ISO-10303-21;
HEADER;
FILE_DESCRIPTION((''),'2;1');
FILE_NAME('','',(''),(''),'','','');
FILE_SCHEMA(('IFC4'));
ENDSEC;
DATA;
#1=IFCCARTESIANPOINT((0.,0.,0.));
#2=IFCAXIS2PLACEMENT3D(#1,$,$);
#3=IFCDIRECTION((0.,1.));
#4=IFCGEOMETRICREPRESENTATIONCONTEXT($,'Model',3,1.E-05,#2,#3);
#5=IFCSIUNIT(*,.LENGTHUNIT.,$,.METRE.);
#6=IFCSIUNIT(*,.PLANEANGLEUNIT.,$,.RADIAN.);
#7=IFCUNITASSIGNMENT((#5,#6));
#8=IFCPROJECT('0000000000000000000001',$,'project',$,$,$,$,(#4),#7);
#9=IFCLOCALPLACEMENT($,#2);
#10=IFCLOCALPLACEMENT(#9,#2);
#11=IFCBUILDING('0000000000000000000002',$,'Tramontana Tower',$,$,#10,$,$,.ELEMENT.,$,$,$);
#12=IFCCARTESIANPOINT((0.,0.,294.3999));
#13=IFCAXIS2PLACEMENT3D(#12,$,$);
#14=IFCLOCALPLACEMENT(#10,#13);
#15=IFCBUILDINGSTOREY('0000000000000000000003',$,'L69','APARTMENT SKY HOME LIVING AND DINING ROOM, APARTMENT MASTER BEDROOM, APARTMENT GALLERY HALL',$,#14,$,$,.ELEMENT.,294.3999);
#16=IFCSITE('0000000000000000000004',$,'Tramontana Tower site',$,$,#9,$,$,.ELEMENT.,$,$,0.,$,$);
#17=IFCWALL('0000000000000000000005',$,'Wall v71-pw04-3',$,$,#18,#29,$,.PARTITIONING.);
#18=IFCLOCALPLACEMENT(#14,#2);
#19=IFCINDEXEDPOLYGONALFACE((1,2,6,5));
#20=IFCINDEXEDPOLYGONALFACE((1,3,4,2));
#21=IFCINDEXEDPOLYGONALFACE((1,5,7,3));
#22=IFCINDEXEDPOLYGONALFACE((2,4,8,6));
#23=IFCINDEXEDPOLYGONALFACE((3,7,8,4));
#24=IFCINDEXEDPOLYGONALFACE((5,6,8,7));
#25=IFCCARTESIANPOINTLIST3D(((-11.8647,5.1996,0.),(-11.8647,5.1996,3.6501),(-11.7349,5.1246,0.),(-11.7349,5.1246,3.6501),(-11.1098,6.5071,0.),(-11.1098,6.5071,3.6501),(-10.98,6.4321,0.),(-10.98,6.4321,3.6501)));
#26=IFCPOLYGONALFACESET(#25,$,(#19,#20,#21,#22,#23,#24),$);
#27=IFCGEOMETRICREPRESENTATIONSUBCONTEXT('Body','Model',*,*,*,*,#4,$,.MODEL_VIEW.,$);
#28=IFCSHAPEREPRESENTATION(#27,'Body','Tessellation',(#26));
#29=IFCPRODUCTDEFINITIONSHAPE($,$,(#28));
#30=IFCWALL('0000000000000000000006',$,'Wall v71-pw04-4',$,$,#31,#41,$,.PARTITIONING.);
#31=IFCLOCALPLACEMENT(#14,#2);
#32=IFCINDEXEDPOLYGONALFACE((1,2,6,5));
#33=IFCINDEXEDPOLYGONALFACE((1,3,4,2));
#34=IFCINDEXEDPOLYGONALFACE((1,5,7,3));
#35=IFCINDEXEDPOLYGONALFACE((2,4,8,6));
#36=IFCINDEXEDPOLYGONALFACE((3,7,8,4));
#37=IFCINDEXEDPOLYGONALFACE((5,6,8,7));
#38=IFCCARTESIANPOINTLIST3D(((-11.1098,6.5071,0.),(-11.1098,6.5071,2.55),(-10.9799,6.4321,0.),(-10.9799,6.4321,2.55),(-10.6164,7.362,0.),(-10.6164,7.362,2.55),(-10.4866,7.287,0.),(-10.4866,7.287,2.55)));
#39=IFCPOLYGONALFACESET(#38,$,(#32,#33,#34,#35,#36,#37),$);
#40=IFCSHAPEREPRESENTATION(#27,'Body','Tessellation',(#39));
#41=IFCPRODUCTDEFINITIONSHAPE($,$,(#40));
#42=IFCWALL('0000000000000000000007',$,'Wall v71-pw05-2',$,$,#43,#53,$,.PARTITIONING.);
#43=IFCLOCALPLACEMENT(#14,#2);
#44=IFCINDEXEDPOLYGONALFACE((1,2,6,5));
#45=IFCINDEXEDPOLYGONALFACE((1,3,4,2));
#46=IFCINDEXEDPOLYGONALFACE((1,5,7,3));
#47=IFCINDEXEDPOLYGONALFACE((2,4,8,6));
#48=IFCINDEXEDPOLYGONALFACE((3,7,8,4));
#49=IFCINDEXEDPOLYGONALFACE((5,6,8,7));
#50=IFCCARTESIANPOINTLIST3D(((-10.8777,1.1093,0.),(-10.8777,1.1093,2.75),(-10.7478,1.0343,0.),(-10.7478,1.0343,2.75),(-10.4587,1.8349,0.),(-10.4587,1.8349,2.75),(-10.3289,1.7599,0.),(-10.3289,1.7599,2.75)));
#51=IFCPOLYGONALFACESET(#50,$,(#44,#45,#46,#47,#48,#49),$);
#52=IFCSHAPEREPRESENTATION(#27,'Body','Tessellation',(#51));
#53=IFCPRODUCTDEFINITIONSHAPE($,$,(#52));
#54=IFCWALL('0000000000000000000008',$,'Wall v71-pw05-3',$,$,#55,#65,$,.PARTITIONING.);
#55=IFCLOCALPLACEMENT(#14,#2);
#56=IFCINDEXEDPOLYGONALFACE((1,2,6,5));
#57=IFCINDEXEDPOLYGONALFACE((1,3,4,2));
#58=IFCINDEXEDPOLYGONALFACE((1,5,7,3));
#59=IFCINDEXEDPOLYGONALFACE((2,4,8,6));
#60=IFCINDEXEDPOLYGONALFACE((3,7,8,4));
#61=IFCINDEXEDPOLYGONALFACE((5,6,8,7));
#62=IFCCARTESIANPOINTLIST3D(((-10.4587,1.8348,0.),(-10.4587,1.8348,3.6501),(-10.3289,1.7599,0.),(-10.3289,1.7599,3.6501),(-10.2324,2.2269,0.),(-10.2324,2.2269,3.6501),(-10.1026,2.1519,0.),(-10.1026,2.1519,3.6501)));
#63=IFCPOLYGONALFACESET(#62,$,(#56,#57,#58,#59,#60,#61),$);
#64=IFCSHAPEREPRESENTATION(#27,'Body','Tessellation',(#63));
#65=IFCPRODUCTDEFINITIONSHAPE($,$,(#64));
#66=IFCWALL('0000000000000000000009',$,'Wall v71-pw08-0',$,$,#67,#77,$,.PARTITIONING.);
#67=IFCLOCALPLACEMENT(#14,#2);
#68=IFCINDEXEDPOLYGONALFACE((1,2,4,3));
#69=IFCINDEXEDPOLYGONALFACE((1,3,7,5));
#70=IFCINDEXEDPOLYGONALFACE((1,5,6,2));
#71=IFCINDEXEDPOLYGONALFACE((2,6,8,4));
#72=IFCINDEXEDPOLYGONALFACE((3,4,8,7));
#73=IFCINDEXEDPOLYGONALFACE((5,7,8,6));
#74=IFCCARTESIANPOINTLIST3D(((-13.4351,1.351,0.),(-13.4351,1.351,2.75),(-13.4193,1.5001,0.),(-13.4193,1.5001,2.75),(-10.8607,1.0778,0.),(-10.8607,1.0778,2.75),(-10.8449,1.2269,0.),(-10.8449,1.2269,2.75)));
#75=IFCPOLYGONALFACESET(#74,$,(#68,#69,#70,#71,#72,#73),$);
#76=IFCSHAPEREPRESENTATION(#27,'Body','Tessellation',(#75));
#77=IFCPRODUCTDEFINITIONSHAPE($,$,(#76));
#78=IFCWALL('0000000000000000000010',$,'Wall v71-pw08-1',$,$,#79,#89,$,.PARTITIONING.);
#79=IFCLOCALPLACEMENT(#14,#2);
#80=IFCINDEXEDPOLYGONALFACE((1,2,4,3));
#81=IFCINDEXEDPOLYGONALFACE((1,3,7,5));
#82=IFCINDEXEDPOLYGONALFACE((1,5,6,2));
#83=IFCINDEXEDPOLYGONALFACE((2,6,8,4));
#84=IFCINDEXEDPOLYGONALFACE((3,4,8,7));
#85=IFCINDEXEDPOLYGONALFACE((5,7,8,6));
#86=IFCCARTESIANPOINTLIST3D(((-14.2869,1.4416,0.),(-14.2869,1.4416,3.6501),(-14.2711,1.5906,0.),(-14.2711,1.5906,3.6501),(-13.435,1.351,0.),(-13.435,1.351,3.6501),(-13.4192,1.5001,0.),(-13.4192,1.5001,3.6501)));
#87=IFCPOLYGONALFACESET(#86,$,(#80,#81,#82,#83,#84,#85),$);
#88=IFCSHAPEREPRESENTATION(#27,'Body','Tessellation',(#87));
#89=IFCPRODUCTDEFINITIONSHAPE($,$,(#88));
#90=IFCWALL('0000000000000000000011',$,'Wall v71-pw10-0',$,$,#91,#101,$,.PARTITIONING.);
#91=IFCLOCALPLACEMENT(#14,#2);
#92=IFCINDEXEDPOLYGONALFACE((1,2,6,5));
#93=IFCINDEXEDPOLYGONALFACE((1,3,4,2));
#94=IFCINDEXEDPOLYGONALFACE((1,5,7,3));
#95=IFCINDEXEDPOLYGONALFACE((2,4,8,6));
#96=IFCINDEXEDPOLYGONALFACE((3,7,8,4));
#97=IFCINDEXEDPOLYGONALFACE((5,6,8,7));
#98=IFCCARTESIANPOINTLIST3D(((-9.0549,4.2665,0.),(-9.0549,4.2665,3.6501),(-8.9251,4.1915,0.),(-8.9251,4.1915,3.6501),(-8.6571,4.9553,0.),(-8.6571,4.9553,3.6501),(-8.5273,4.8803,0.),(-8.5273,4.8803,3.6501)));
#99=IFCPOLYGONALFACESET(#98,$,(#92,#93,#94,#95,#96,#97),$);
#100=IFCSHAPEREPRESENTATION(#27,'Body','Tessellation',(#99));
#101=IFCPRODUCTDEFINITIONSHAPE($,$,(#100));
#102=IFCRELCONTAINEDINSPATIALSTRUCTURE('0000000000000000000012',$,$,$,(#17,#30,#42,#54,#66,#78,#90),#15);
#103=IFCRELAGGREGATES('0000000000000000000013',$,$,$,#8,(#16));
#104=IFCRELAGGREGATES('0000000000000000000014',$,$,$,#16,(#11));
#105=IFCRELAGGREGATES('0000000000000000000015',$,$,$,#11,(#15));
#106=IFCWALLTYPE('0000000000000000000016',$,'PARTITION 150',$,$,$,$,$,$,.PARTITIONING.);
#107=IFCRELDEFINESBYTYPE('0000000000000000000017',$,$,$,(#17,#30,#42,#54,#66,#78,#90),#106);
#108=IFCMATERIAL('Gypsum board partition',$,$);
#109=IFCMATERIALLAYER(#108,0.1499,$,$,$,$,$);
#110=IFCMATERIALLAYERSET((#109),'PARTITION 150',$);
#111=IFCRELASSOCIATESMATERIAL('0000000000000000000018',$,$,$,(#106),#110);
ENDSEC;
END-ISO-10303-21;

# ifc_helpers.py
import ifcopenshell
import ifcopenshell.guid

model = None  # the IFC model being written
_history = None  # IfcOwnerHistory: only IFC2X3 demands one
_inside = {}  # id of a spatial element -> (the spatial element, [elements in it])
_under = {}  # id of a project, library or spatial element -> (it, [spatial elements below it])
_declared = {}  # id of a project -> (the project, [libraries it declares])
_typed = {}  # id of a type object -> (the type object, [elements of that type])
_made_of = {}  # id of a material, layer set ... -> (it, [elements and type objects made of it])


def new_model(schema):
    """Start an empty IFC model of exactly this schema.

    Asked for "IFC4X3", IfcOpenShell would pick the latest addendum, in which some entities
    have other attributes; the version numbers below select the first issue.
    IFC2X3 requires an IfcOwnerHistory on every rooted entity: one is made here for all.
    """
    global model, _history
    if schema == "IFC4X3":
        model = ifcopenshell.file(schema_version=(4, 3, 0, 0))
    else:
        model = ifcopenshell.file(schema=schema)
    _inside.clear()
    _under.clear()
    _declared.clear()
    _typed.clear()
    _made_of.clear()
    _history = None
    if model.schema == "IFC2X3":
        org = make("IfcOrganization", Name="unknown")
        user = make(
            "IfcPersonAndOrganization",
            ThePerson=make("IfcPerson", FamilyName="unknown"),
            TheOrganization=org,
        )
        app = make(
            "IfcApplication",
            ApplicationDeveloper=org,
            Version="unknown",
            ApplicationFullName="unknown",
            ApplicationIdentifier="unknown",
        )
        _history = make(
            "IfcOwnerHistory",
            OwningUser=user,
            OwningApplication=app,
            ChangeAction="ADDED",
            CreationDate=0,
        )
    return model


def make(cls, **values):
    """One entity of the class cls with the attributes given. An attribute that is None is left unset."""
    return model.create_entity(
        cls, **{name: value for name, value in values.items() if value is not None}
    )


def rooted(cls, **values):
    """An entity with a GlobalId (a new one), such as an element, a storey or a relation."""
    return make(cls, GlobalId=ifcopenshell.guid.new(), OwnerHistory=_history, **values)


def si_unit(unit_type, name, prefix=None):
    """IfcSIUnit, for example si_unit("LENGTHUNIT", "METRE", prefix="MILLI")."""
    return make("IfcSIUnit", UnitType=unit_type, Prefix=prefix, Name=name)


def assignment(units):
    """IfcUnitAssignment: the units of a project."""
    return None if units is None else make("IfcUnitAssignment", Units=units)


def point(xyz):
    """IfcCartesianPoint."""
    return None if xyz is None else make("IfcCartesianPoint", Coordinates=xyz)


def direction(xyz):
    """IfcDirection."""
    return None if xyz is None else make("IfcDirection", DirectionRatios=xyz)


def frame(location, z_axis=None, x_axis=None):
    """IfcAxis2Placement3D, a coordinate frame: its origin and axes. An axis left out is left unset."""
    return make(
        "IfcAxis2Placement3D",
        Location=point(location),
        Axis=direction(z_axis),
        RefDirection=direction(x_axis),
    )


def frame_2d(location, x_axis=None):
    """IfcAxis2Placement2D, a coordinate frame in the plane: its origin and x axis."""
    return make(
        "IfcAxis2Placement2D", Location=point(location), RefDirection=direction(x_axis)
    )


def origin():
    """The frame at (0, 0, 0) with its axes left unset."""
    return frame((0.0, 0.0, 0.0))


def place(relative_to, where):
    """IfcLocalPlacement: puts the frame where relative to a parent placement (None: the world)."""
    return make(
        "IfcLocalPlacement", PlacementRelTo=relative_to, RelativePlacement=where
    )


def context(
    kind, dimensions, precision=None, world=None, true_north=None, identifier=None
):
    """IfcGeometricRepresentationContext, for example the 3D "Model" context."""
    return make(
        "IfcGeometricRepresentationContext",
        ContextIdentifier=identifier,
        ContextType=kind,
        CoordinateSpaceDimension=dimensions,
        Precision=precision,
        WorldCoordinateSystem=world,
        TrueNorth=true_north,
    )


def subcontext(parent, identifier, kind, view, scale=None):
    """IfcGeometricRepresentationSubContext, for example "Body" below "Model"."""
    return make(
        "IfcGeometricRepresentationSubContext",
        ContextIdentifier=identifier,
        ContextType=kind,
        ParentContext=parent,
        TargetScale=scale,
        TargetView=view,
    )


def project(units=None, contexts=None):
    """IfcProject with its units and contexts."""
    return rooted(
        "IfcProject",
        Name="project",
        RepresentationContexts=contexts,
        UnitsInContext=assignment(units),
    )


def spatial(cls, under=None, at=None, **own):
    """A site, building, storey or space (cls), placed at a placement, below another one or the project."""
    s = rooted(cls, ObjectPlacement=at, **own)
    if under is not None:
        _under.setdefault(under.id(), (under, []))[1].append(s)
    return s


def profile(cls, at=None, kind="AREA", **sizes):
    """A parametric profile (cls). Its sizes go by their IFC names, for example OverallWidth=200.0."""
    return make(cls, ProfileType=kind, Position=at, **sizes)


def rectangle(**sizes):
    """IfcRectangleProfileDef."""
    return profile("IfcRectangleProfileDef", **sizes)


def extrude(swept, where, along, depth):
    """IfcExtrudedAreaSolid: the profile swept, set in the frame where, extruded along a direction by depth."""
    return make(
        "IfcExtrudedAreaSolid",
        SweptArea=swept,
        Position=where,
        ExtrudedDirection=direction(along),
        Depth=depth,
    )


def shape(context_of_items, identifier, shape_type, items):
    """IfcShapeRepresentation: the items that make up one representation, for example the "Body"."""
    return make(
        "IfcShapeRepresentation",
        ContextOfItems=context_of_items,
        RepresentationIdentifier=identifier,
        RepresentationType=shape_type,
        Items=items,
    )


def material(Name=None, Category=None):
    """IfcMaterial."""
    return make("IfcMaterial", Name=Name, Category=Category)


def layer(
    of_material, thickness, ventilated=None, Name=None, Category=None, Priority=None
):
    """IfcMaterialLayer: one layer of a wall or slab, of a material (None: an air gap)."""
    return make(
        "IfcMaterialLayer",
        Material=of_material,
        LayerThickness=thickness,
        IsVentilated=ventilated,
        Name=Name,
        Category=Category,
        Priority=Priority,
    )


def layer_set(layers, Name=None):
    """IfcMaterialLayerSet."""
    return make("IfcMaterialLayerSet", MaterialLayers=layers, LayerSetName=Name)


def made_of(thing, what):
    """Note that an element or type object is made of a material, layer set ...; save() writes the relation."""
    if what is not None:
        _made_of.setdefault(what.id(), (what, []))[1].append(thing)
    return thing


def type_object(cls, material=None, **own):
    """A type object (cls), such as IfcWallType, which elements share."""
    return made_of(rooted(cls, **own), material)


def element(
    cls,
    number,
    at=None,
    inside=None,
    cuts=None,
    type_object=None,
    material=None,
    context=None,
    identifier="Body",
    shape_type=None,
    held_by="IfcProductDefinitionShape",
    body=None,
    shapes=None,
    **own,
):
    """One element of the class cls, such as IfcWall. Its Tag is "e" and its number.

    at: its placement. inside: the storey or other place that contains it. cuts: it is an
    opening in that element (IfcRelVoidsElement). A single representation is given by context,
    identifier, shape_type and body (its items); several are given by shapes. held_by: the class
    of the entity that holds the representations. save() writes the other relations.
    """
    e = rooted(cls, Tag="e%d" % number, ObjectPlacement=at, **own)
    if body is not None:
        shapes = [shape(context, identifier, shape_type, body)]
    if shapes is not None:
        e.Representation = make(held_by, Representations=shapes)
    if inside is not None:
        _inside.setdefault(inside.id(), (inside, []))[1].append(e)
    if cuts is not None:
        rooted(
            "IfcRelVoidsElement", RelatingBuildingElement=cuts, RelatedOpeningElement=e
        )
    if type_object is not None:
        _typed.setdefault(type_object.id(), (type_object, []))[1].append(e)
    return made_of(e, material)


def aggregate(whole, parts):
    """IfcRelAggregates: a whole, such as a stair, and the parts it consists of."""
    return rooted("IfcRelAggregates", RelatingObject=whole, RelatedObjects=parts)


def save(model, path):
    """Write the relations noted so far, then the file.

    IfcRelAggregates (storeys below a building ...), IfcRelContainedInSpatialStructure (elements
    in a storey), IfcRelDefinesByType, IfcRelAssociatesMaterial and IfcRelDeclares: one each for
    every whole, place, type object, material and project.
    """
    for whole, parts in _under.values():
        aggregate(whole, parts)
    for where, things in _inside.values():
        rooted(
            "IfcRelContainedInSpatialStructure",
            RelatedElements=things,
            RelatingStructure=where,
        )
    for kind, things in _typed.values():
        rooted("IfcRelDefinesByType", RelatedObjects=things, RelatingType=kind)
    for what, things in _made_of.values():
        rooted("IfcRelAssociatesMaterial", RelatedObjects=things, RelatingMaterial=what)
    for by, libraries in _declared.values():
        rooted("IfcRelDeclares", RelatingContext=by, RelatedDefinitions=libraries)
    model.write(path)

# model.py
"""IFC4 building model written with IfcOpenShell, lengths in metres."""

from ifc_helpers import new_model, si_unit, direction, frame, frame_2d, origin, place, context, subcontext, project, spatial, rectangle, extrude, material, layer, layer_set, type_object, element, save


model = new_model("IFC4")

# Units and contexts
model_context = context("Model", 3, precision=1e-05, world=origin(), true_north=direction((0.0, 1.0)))
body_context = subcontext(model_context, "Body", "Model", "MODEL_VIEW")
ifc_project = project(units=[si_unit("LENGTHUNIT", "METRE"), si_unit("PLANEANGLEUNIT", "RADIAN")], contexts=[model_context])

# Site, building, storey
site_placement = place(None, origin())
site = spatial("IfcSite", under=ifc_project, at=site_placement, Name="Tramontana Tower site", CompositionType="ELEMENT", RefElevation=0.0)
building_placement = place(site_placement, origin())
building = spatial("IfcBuilding", under=site, at=building_placement, Name="Tramontana Tower", CompositionType="ELEMENT")
storey_placement = place(building_placement, frame((0.0, 0.0, 294.3999)))
storey = spatial("IfcBuildingStorey", under=building, at=storey_placement, Name="L69", Description="APARTMENT SKY HOME LIVING AND DINING ROOM, APARTMENT MASTER BEDROOM, APARTMENT GALLERY HALL", CompositionType="ELEMENT", Elevation=294.3999)

# Shared definitions
ifc_material_1 = material(Name="Gypsum board partition")
ifc_layer_1 = layer(ifc_material_1, 0.1499)
ifc_layer_set_1 = layer_set([ifc_layer_1], Name="PARTITION 150")
wall_type_1 = type_object("IfcWallType", Name="PARTITION 150", PredefinedType="PARTITIONING", material=ifc_layer_set_1)

# Walls
wall_1_placement = place(storey_placement, frame((-11.7998, 5.1621, 0.0), z_axis=(0.0, 0.0, 1.0), x_axis=(0.500035, 0.866005, 0.0)))
element("IfcWall", 1, at=wall_1_placement, inside=storey, type_object=wall_type_1, Name="Wall v71-pw04-3", PredefinedType="PARTITIONING", context=body_context, shape_type="SweptSolid", body=[
    extrude(rectangle(XDim=1.5098, YDim=0.1499, at=frame_2d((0.7549, 0.0))), origin(), (0.0, 0.0, 1.0), 3.6501),
])
wall_2_placement = place(storey_placement, frame((-11.0449, 6.4695, 0.0), z_axis=(0.0, 0.0, 1.0), x_axis=(0.499837, 0.86612, 0.0)))
element("IfcWall", 2, at=wall_2_placement, inside=storey, type_object=wall_type_1, Name="Wall v71-pw04-4", PredefinedType="PARTITIONING", context=body_context, shape_type="SweptSolid", body=[
    extrude(rectangle(XDim=0.9871, YDim=0.1499, at=frame_2d((0.4937, 0.0))), origin(), (0.0, 0.0, 1.0), 2.55),
])
wall_3_placement = place(storey_placement, frame((-10.8127, 1.0718, 0.0), z_axis=(0.0, 0.0, 1.0), x_axis=(0.500025, 0.866011, 0.0)))
element("IfcWall", 3, at=wall_3_placement, inside=storey, type_object=wall_type_1, Name="Wall v71-pw05-2", PredefinedType="PARTITIONING", context=body_context, shape_type="SweptSolid", body=[
    extrude(rectangle(XDim=0.8379, YDim=0.1499, at=frame_2d((0.4189, 0.0))), origin(), (0.0, 0.0, 1.0), 2.75),
])
wall_4_placement = place(storey_placement, frame((-10.3938, 1.7974, 0.0), z_axis=(0.0, 0.0, 1.0), x_axis=(0.499909, 0.866078, 0.0)))
element("IfcWall", 4, at=wall_4_placement, inside=storey, type_object=wall_type_1, Name="Wall v71-pw05-3", PredefinedType="PARTITIONING", context=body_context, shape_type="SweptSolid", body=[
    extrude(rectangle(XDim=0.4526, YDim=0.1499, at=frame_2d((0.2263, 0.0))), origin(), (0.0, 0.0, 1.0), 3.6501),
])

# Walls
wall_5_placement = place(storey_placement, frame((-10.8528, 1.1523, 0.0), z_axis=(0.0, 0.0, 1.0), x_axis=(-0.994417, 0.105524, 0.0)))
element("IfcWall", 5, at=wall_5_placement, inside=storey, type_object=wall_type_1, Name="Wall v71-pw08-0", PredefinedType="PARTITIONING", context=body_context, shape_type="SweptSolid", body=[
    extrude(rectangle(XDim=2.5889, YDim=0.1499, at=frame_2d((1.2944, 0.0))), origin(), (0.0, 0.0, 1.0), 2.75),
])
wall_6_placement = place(storey_placement, frame((-13.4272, 1.4255, 0.0), z_axis=(0.0, 0.0, 1.0), x_axis=(-0.994394, 0.105738, 0.0)))
element("IfcWall", 6, at=wall_6_placement, inside=storey, type_object=wall_type_1, Name="Wall v71-pw08-1", PredefinedType="PARTITIONING", context=body_context, shape_type="SweptSolid", body=[
    extrude(rectangle(XDim=0.8567, YDim=0.1499, at=frame_2d((0.4282, 0.0))), origin(), (0.0, 0.0, 1.0), 3.6501),
])

# Wall
wall_7_placement = place(storey_placement, frame((-8.99, 4.229, 0.0), z_axis=(0.0, 0.0, 1.0), x_axis=(0.500068, 0.865986, 0.0)))
element("IfcWall", 7, at=wall_7_placement, inside=storey, type_object=wall_type_1, Name="Wall v71-pw10-0", PredefinedType="PARTITIONING", context=body_context, shape_type="SweptSolid", body=[
    extrude(rectangle(XDim=0.7954, YDim=0.1499, at=frame_2d((0.3977, 0.0))), origin(), (0.0, 0.0, 1.0), 3.6501),
])

save(model, "model.ifc")
